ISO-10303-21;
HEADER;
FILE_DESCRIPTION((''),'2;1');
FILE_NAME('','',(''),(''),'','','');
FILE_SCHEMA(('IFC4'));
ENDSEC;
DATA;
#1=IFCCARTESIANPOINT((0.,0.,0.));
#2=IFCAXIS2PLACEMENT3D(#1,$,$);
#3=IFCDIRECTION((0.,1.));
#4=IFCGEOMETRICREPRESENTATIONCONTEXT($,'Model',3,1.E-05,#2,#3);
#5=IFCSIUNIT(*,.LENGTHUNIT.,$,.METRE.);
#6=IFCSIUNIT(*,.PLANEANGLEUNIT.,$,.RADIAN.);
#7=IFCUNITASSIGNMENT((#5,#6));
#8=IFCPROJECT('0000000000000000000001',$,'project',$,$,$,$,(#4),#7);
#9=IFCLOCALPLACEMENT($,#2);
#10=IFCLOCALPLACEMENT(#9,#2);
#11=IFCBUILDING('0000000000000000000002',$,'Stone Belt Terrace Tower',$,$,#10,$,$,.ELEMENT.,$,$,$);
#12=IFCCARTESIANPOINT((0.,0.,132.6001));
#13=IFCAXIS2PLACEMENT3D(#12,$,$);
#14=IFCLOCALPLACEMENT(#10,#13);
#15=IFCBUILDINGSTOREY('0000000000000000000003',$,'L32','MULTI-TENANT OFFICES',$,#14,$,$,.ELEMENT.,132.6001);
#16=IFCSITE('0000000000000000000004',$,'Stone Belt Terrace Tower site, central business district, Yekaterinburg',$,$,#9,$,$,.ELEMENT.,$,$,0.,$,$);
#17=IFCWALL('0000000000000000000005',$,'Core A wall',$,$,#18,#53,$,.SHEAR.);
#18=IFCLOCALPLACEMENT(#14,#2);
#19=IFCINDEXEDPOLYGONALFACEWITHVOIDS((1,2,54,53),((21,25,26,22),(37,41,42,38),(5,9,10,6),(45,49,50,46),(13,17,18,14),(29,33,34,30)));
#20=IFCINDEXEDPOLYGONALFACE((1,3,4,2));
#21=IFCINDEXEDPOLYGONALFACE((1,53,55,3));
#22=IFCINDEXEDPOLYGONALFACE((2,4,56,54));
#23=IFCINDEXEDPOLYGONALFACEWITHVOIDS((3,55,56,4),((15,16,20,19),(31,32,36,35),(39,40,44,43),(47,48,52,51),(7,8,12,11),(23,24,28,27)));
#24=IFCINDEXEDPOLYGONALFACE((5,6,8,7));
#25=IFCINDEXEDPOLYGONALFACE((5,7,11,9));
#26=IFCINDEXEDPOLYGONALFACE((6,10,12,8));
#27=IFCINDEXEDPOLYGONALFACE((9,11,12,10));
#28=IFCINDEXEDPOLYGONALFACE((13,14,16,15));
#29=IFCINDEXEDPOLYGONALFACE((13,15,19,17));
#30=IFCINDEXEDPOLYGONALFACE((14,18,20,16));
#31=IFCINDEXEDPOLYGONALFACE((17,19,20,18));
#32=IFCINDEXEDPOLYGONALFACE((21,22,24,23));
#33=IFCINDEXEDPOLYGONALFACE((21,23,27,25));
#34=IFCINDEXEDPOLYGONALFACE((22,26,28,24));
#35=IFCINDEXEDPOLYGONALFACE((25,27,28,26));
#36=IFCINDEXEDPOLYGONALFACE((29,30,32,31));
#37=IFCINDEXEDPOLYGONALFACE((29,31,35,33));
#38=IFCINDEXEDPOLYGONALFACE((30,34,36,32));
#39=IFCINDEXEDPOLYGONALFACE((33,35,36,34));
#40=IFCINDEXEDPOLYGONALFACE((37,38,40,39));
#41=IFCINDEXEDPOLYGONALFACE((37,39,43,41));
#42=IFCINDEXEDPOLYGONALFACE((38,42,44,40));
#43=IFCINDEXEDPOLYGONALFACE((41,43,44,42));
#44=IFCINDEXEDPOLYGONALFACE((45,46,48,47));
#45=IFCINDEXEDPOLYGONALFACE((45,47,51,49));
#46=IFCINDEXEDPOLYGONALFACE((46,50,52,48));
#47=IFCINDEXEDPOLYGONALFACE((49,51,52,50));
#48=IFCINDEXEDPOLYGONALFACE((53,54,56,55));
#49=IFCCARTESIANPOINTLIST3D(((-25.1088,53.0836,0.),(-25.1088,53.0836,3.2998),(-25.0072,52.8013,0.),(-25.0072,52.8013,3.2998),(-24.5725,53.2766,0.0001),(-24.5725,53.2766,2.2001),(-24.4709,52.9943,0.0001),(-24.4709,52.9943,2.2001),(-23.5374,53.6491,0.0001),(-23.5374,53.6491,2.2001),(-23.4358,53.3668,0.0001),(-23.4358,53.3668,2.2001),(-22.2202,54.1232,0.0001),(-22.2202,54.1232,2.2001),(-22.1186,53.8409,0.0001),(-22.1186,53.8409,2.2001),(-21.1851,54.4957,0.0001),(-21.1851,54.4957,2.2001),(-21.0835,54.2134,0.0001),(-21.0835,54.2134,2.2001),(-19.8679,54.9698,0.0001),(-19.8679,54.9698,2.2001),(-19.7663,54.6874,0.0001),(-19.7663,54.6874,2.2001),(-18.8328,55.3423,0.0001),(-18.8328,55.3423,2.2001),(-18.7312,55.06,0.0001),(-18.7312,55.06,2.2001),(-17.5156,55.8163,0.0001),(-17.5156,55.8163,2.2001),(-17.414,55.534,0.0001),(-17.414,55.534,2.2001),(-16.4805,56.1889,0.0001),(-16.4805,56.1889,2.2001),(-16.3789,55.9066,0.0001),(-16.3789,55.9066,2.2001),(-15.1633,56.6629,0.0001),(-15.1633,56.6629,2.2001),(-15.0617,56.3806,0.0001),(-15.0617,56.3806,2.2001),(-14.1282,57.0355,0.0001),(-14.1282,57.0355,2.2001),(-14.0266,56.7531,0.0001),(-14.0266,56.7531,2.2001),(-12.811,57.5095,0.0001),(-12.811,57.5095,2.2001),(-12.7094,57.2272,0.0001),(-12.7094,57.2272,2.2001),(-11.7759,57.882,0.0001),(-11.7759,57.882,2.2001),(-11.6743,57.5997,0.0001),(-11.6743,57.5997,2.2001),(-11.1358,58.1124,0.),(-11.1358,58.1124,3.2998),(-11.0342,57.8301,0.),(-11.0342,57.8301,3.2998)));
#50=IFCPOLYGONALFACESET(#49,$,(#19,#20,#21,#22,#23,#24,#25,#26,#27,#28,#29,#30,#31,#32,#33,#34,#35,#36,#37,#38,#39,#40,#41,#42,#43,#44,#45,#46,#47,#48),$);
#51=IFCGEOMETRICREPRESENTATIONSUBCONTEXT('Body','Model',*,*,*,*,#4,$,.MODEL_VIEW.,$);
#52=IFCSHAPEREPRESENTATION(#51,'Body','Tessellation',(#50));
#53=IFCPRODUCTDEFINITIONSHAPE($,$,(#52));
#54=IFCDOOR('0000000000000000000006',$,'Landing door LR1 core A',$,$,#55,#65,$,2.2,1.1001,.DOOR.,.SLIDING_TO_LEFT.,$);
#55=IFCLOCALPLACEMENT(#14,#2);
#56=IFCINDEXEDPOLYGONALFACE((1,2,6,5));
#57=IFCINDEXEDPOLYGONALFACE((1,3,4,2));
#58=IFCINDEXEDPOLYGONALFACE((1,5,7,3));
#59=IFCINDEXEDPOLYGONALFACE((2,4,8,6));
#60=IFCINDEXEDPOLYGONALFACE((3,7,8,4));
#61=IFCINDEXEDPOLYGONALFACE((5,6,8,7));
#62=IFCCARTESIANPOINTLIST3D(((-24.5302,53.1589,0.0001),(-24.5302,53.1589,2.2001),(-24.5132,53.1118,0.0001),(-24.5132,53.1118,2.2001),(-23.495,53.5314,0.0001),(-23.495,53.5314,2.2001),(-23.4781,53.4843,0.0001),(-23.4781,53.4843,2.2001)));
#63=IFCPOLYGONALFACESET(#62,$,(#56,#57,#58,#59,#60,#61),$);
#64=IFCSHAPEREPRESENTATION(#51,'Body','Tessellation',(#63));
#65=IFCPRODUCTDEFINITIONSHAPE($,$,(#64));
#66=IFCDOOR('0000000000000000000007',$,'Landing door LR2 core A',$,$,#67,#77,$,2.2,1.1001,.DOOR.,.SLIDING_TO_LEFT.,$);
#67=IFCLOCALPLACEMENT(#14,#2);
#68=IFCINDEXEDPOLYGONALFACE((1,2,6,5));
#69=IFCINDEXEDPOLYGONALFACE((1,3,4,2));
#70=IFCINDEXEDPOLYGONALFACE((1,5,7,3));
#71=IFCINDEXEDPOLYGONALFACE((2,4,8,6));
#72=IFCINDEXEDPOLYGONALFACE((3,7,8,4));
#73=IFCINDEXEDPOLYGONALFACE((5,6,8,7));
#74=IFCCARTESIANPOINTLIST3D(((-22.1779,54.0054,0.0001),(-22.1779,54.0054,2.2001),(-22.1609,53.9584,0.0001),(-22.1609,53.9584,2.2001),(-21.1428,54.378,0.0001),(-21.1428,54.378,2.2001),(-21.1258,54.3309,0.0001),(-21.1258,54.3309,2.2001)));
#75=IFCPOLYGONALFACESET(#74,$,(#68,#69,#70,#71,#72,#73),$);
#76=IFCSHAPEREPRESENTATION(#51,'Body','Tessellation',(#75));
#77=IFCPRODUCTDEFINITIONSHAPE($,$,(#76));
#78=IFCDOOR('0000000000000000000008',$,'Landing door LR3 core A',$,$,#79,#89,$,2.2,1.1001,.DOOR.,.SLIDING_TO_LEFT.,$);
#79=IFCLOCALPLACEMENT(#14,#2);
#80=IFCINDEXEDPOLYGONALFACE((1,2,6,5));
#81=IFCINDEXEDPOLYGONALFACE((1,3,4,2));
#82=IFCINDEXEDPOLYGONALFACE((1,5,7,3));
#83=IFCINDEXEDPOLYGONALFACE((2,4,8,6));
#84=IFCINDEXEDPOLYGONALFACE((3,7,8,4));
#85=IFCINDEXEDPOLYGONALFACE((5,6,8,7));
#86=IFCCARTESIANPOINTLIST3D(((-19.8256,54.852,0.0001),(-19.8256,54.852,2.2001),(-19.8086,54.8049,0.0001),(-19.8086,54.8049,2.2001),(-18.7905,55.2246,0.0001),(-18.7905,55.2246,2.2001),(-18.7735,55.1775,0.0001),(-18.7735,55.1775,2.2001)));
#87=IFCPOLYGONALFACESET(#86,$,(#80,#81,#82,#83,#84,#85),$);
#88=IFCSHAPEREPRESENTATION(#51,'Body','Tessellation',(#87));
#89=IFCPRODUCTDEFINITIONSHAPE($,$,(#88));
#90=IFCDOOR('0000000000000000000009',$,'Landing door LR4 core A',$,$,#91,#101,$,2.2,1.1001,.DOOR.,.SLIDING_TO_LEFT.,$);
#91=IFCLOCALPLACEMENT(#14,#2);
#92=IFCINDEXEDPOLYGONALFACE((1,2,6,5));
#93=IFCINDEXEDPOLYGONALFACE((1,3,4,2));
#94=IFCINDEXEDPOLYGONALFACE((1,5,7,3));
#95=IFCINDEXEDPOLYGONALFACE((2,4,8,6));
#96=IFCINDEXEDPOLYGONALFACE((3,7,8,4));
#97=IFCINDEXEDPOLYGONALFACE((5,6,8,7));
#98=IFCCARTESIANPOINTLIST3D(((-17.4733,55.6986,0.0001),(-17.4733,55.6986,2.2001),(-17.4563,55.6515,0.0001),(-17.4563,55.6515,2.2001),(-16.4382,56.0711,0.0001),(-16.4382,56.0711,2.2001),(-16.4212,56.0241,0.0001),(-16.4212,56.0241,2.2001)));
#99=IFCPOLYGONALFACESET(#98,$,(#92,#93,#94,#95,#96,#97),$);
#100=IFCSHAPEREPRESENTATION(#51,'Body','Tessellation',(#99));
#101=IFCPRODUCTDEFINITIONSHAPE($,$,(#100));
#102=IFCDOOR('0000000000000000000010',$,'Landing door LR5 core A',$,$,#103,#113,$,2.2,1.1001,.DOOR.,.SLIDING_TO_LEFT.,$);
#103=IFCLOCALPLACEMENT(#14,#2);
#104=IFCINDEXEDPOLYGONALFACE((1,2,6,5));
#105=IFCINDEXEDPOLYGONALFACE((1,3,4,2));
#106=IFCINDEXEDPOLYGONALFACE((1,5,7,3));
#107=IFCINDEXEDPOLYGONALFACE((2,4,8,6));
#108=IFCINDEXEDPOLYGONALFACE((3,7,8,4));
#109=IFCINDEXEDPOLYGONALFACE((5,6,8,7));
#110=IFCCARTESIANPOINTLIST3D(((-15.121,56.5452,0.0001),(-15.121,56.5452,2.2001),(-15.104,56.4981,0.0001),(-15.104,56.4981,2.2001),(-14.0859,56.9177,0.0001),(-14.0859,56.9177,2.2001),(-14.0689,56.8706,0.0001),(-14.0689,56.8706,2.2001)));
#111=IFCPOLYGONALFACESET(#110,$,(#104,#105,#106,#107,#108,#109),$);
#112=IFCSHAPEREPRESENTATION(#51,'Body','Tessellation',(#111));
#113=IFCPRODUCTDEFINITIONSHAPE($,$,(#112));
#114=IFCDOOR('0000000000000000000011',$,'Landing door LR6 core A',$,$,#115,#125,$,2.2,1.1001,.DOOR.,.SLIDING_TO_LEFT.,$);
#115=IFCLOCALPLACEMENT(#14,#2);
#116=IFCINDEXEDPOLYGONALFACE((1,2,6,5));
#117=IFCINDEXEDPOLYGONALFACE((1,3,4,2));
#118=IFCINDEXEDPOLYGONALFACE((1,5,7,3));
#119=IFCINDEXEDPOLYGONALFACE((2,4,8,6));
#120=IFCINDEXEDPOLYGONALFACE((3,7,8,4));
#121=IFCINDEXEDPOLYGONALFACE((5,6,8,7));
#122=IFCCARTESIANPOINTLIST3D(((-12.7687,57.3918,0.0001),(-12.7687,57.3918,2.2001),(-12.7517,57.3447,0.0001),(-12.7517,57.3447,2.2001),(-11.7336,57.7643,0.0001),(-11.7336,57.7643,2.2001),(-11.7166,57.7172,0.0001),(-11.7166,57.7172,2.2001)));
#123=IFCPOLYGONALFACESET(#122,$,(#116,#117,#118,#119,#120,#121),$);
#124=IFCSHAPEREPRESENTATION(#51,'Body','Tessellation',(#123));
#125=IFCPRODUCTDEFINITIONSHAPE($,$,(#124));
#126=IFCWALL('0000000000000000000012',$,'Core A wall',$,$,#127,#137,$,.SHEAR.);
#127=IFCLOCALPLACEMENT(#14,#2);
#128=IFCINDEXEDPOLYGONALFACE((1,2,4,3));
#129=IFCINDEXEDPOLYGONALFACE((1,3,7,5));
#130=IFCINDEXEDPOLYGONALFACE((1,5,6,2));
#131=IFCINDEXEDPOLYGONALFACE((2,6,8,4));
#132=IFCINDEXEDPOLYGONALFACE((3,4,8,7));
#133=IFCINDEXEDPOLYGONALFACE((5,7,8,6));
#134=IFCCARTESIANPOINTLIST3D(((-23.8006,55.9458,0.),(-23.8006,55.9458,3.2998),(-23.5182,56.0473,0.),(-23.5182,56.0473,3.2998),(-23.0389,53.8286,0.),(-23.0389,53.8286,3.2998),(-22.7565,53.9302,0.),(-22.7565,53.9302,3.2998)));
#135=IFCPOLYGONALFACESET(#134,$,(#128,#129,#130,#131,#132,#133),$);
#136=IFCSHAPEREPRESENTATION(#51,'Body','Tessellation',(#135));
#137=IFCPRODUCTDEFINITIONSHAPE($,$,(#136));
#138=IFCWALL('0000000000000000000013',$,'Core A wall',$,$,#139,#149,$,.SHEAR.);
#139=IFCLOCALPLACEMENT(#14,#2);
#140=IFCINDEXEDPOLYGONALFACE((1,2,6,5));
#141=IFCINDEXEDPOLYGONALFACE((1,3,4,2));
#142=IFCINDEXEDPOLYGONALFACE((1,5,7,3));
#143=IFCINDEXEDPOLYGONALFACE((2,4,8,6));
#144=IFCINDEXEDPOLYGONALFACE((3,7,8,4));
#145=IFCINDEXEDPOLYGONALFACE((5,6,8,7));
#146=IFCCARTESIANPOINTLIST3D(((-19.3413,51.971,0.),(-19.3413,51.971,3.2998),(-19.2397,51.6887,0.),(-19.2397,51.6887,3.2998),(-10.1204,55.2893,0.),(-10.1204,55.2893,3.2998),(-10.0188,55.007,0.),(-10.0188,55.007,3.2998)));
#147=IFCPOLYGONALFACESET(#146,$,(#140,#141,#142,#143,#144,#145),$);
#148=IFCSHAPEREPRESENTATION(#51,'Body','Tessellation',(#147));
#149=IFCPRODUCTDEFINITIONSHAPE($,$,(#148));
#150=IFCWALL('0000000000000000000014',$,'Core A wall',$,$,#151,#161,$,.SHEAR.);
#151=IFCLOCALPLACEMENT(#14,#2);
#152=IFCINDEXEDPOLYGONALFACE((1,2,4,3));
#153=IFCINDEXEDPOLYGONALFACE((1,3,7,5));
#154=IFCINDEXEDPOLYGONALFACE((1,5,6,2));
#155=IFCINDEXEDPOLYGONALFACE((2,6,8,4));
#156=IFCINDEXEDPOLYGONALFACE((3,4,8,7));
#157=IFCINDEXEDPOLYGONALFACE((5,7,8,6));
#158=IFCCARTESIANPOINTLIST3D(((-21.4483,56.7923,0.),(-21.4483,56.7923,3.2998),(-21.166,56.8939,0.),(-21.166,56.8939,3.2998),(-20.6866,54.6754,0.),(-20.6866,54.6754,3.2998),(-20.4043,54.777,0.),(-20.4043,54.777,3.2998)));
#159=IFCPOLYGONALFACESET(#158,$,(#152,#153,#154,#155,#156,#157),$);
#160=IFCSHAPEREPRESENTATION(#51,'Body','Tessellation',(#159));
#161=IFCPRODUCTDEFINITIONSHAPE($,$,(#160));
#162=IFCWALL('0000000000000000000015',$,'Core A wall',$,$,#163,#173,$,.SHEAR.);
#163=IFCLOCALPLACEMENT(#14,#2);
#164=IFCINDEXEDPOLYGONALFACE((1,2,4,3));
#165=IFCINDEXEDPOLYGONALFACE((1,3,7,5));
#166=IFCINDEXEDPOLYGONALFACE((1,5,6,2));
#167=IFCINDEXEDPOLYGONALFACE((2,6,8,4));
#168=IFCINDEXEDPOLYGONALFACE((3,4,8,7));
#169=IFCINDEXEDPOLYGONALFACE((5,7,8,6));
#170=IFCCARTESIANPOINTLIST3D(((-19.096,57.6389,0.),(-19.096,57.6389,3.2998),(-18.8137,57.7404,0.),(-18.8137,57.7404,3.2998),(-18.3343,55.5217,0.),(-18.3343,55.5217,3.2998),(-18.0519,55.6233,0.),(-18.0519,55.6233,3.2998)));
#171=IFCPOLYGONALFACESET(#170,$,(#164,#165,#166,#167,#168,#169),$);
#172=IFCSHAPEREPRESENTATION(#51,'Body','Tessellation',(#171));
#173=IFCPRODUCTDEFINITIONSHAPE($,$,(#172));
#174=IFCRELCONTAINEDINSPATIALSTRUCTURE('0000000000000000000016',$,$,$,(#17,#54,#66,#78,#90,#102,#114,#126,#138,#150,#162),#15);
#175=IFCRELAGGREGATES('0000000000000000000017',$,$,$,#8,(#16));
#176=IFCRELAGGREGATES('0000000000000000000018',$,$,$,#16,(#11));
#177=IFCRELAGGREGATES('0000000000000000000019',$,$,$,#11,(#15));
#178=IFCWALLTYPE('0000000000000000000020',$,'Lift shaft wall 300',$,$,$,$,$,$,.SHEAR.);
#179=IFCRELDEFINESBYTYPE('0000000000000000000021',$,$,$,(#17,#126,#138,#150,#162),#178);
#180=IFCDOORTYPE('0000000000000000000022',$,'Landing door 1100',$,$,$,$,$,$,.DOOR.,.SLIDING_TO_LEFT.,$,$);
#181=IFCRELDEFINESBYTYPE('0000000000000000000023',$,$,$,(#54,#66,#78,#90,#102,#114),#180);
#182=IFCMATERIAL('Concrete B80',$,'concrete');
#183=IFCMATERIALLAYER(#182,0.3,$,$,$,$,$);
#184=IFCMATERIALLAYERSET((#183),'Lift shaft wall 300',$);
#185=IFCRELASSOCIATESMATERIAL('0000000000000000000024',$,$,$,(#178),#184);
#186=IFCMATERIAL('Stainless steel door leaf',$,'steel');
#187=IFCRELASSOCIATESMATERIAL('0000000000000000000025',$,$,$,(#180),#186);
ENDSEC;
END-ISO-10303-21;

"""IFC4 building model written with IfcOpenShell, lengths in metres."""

from ifc_helpers import new_model, si_unit, direction, frame, frame_2d, origin, place, context, subcontext, project, spatial, rectangle, extrude, material, layer, layer_set, type_object, element, fill, save


model = new_model("IFC4")

# Units and contexts
model_context = context("Model", 3, precision=1e-05, world=origin(), true_north=direction((0.0, 1.0)))
body_context = subcontext(model_context, "Body", "Model", "MODEL_VIEW")
ifc_project = project(units=[si_unit("LENGTHUNIT", "METRE"), si_unit("PLANEANGLEUNIT", "RADIAN")], contexts=[model_context])

# Site, building, storey
site_placement = place(None, origin())
site = spatial("IfcSite", under=ifc_project, at=site_placement, Name="Stone Belt Terrace Tower site, central business district, Yekaterinburg", CompositionType="ELEMENT", RefElevation=0.0)
building_placement = place(site_placement, origin())
building = spatial("IfcBuilding", under=site, at=building_placement, Name="Stone Belt Terrace Tower", CompositionType="ELEMENT")
storey_placement = place(building_placement, frame((0.0, 0.0, 132.6001)))
storey = spatial("IfcBuildingStorey", under=building, at=storey_placement, Name="L32", Description="MULTI-TENANT OFFICES", CompositionType="ELEMENT", Elevation=132.6001)

# Shared definitions
ifc_material_1 = material(Name="Concrete B80", Category="concrete")

# Shared definitions
ifc_layer_1 = layer(ifc_material_1, 0.3)
ifc_layer_set_1 = layer_set([ifc_layer_1], Name="Lift shaft wall 300")
wall_type_1 = type_object("IfcWallType", Name="Lift shaft wall 300", PredefinedType="SHEAR", material=ifc_layer_set_1)
ifc_material_2 = material(Name="Stainless steel door leaf", Category="steel")

# Wall, openings, doors
wall_1_placement = place(storey_placement, frame((-25.0581, 52.9424, 0.0), z_axis=(0.0, 0.0, 1.0), x_axis=(0.940918, 0.338634, 0.0)))
wall_1 = element("IfcWall", 1, at=wall_1_placement, inside=storey, type_object=wall_type_1, Name="Core A wall", PredefinedType="SHEAR", context=body_context, shape_type="SweptSolid", body=[
    extrude(rectangle(XDim=14.8503, YDim=0.3, at=frame_2d((7.4253, 0.0))), origin(), (0.0, 0.0, 1.0), 3.2998),
])
opening_1_placement = place(wall_1_placement, frame((0.5701, 0.0, 0.0)))
opening_1 = element("IfcOpeningElement", 2, at=opening_1_placement, cuts=wall_1, PredefinedType="OPENING", context=body_context, shape_type="SweptSolid", body=[
    extrude(rectangle(XDim=1.1001, YDim=2.2, at=frame_2d((0.55, 1.1001))), frame((0.0, 0.1599, 0.0), z_axis=(0.0, -1.0, 0.0), x_axis=(1.0, 0.0, 0.0)), (0.0, 0.0, 1.0), 0.3201),
])
opening_2_placement = place(wall_1_placement, frame((3.0701, 0.0, 0.0)))
opening_2 = element("IfcOpeningElement", 3, at=opening_2_placement, cuts=wall_1, PredefinedType="OPENING", context=body_context, shape_type="SweptSolid", body=[
    extrude(rectangle(XDim=1.1001, YDim=2.2, at=frame_2d((0.55, 1.1001))), frame((0.0, 0.1599, 0.0), z_axis=(0.0, -1.0, 0.0), x_axis=(1.0, 0.0, 0.0)), (0.0, 0.0, 1.0), 0.3201),
])
opening_3_placement = place(wall_1_placement, frame((5.5701, 0.0, 0.0)))
opening_3 = element("IfcOpeningElement", 4, at=opening_3_placement, cuts=wall_1, PredefinedType="OPENING", context=body_context, shape_type="SweptSolid", body=[
    extrude(rectangle(XDim=1.1001, YDim=2.2, at=frame_2d((0.55, 1.1001))), frame((0.0, 0.1599, 0.0), z_axis=(0.0, -1.0, 0.0), x_axis=(1.0, 0.0, 0.0)), (0.0, 0.0, 1.0), 0.3201),
])
opening_4_placement = place(wall_1_placement, frame((8.0701, 0.0, 0.0)))
opening_4 = element("IfcOpeningElement", 5, at=opening_4_placement, cuts=wall_1, PredefinedType="OPENING", context=body_context, shape_type="SweptSolid", body=[
    extrude(rectangle(XDim=1.1001, YDim=2.2, at=frame_2d((0.55, 1.1001))), frame((0.0, 0.1599, 0.0), z_axis=(0.0, -1.0, 0.0), x_axis=(1.0, 0.0, 0.0)), (0.0, 0.0, 1.0), 0.3201),
])
opening_5_placement = place(wall_1_placement, frame((10.5701, 0.0, 0.0)))
opening_5 = element("IfcOpeningElement", 6, at=opening_5_placement, cuts=wall_1, PredefinedType="OPENING", context=body_context, shape_type="SweptSolid", body=[
    extrude(rectangle(XDim=1.1001, YDim=2.2, at=frame_2d((0.55, 1.1001))), frame((0.0, 0.1599, 0.0), z_axis=(0.0, -1.0, 0.0), x_axis=(1.0, 0.0, 0.0)), (0.0, 0.0, 1.0), 0.3201),
])
opening_6_placement = place(wall_1_placement, frame((13.0701, 0.0, 0.0)))
opening_6 = element("IfcOpeningElement", 7, at=opening_6_placement, cuts=wall_1, PredefinedType="OPENING", context=body_context, shape_type="SweptSolid", body=[
    extrude(rectangle(XDim=1.1001, YDim=2.2, at=frame_2d((0.55, 1.1001))), frame((0.0, 0.1599, 0.0), z_axis=(0.0, -1.0, 0.0), x_axis=(1.0, 0.0, 0.0)), (0.0, 0.0, 1.0), 0.3201),
])
door_type_1 = type_object("IfcDoorType", Name="Landing door 1100", OperationType="SLIDING_TO_LEFT", PredefinedType="DOOR", material=ifc_material_2)
door_1_placement = place(opening_1_placement, origin())
door_1 = element("IfcDoor", 8, at=door_1_placement, inside=storey, type_object=door_type_1, Name="Landing door LR1 core A", OperationType="SLIDING_TO_LEFT", OverallHeight=2.2, OverallWidth=1.1001, PredefinedType="DOOR", context=body_context, shape_type="SweptSolid", body=[
    extrude(rectangle(XDim=1.1001, YDim=2.2, at=frame_2d((0.55, 1.1001))), frame((0.0, 0.0249, 0.0), z_axis=(0.0, -1.0, 0.0), x_axis=(1.0, 0.0, 0.0)), (0.0, 0.0, 1.0), 0.05),
])
fill(opening_1, door_1)
door_2_placement = place(opening_2_placement, origin())
door_2 = element("IfcDoor", 9, at=door_2_placement, inside=storey, type_object=door_type_1, Name="Landing door LR2 core A", OperationType="SLIDING_TO_LEFT", OverallHeight=2.2, OverallWidth=1.1001, PredefinedType="DOOR", context=body_context, shape_type="SweptSolid", body=[
    extrude(rectangle(XDim=1.1001, YDim=2.2, at=frame_2d((0.55, 1.1001))), frame((0.0, 0.0249, 0.0), z_axis=(0.0, -1.0, 0.0), x_axis=(1.0, 0.0, 0.0)), (0.0, 0.0, 1.0), 0.05),
])
fill(opening_2, door_2)
door_3_placement = place(opening_3_placement, origin())
door_3 = element("IfcDoor", 10, at=door_3_placement, inside=storey, type_object=door_type_1, Name="Landing door LR3 core A", OperationType="SLIDING_TO_LEFT", OverallHeight=2.2, OverallWidth=1.1001, PredefinedType="DOOR", context=body_context, shape_type="SweptSolid", body=[
    extrude(rectangle(XDim=1.1001, YDim=2.2, at=frame_2d((0.55, 1.1001))), frame((0.0, 0.0249, 0.0), z_axis=(0.0, -1.0, 0.0), x_axis=(1.0, 0.0, 0.0)), (0.0, 0.0, 1.0), 0.05),
])
fill(opening_3, door_3)
door_4_placement = place(opening_4_placement, origin())
door_4 = element("IfcDoor", 11, at=door_4_placement, inside=storey, type_object=door_type_1, Name="Landing door LR4 core A", OperationType="SLIDING_TO_LEFT", OverallHeight=2.2, OverallWidth=1.1001, PredefinedType="DOOR", context=body_context, shape_type="SweptSolid", body=[
    extrude(rectangle(XDim=1.1001, YDim=2.2, at=frame_2d((0.55, 1.1001))), frame((0.0, 0.0249, 0.0), z_axis=(0.0, -1.0, 0.0), x_axis=(1.0, 0.0, 0.0)), (0.0, 0.0, 1.0), 0.05),
])
fill(opening_4, door_4)
door_5_placement = place(opening_5_placement, origin())
door_5 = element("IfcDoor", 12, at=door_5_placement, inside=storey, type_object=door_type_1, Name="Landing door LR5 core A", OperationType="SLIDING_TO_LEFT", OverallHeight=2.2, OverallWidth=1.1001, PredefinedType="DOOR", context=body_context, shape_type="SweptSolid", body=[
    extrude(rectangle(XDim=1.1001, YDim=2.2, at=frame_2d((0.55, 1.1001))), frame((0.0, 0.0249, 0.0), z_axis=(0.0, -1.0, 0.0), x_axis=(1.0, 0.0, 0.0)), (0.0, 0.0, 1.0), 0.05),
])
fill(opening_5, door_5)
door_6_placement = place(opening_6_placement, origin())
door_6 = element("IfcDoor", 13, at=door_6_placement, inside=storey, type_object=door_type_1, Name="Landing door LR6 core A", OperationType="SLIDING_TO_LEFT", OverallHeight=2.2, OverallWidth=1.1001, PredefinedType="DOOR", context=body_context, shape_type="SweptSolid", body=[
    extrude(rectangle(XDim=1.1001, YDim=2.2, at=frame_2d((0.55, 1.1001))), frame((0.0, 0.0249, 0.0), z_axis=(0.0, -1.0, 0.0), x_axis=(1.0, 0.0, 0.0)), (0.0, 0.0, 1.0), 0.05),
])
fill(opening_6, door_6)

# Walls
wall_2_placement = place(storey_placement, frame((-22.8977, 53.8794, 0.0), z_axis=(0.0, 0.0, 1.0), x_axis=(-0.338535, 0.940954, 0.0)))
element("IfcWall", 14, at=wall_2_placement, inside=storey, type_object=wall_type_1, Name="Core A wall", PredefinedType="SHEAR", context=body_context, shape_type="SweptSolid", body=[
    extrude(rectangle(XDim=2.25, YDim=0.3, at=frame_2d((1.125, 0.0))), origin(), (0.0, 0.0, 1.0), 3.2998),
])
wall_3_placement = place(storey_placement, frame((-19.2905, 51.8298, 0.0), z_axis=(0.0, 0.0, 1.0), x_axis=(0.940926, 0.338613, 0.0)))
element("IfcWall", 15, at=wall_3_placement, inside=storey, type_object=wall_type_1, Name="Core A wall", PredefinedType="SHEAR", context=body_context, shape_type="SweptSolid", body=[
    extrude(rectangle(XDim=9.7998, YDim=0.3, at=frame_2d((4.8999, 0.0))), origin(), (0.0, 0.0, 1.0), 3.2998),
])
wall_4_placement = place(storey_placement, frame((-20.5454, 54.7261, 0.0), z_axis=(0.0, 0.0, 1.0), x_axis=(-0.33857, 0.940941, 0.0)))
element("IfcWall", 16, at=wall_4_placement, inside=storey, type_object=wall_type_1, Name="Core A wall", PredefinedType="SHEAR", context=body_context, shape_type="SweptSolid", body=[
    extrude(rectangle(XDim=2.2498, YDim=0.3, at=frame_2d((1.125, 0.0))), origin(), (0.0, 0.0, 1.0), 3.2998),
])
wall_5_placement = place(storey_placement, frame((-18.1931, 55.5725, 0.0), z_axis=(0.0, 0.0, 1.0), x_axis=(-0.338535, 0.940954, 0.0)))
element("IfcWall", 17, at=wall_5_placement, inside=storey, type_object=wall_type_1, Name="Core A wall", PredefinedType="SHEAR", context=body_context, shape_type="SweptSolid", body=[
    extrude(rectangle(XDim=2.25, YDim=0.3, at=frame_2d((1.125, 0.0))), origin(), (0.0, 0.0, 1.0), 3.2998),
])

save(model, "model.ifc")
